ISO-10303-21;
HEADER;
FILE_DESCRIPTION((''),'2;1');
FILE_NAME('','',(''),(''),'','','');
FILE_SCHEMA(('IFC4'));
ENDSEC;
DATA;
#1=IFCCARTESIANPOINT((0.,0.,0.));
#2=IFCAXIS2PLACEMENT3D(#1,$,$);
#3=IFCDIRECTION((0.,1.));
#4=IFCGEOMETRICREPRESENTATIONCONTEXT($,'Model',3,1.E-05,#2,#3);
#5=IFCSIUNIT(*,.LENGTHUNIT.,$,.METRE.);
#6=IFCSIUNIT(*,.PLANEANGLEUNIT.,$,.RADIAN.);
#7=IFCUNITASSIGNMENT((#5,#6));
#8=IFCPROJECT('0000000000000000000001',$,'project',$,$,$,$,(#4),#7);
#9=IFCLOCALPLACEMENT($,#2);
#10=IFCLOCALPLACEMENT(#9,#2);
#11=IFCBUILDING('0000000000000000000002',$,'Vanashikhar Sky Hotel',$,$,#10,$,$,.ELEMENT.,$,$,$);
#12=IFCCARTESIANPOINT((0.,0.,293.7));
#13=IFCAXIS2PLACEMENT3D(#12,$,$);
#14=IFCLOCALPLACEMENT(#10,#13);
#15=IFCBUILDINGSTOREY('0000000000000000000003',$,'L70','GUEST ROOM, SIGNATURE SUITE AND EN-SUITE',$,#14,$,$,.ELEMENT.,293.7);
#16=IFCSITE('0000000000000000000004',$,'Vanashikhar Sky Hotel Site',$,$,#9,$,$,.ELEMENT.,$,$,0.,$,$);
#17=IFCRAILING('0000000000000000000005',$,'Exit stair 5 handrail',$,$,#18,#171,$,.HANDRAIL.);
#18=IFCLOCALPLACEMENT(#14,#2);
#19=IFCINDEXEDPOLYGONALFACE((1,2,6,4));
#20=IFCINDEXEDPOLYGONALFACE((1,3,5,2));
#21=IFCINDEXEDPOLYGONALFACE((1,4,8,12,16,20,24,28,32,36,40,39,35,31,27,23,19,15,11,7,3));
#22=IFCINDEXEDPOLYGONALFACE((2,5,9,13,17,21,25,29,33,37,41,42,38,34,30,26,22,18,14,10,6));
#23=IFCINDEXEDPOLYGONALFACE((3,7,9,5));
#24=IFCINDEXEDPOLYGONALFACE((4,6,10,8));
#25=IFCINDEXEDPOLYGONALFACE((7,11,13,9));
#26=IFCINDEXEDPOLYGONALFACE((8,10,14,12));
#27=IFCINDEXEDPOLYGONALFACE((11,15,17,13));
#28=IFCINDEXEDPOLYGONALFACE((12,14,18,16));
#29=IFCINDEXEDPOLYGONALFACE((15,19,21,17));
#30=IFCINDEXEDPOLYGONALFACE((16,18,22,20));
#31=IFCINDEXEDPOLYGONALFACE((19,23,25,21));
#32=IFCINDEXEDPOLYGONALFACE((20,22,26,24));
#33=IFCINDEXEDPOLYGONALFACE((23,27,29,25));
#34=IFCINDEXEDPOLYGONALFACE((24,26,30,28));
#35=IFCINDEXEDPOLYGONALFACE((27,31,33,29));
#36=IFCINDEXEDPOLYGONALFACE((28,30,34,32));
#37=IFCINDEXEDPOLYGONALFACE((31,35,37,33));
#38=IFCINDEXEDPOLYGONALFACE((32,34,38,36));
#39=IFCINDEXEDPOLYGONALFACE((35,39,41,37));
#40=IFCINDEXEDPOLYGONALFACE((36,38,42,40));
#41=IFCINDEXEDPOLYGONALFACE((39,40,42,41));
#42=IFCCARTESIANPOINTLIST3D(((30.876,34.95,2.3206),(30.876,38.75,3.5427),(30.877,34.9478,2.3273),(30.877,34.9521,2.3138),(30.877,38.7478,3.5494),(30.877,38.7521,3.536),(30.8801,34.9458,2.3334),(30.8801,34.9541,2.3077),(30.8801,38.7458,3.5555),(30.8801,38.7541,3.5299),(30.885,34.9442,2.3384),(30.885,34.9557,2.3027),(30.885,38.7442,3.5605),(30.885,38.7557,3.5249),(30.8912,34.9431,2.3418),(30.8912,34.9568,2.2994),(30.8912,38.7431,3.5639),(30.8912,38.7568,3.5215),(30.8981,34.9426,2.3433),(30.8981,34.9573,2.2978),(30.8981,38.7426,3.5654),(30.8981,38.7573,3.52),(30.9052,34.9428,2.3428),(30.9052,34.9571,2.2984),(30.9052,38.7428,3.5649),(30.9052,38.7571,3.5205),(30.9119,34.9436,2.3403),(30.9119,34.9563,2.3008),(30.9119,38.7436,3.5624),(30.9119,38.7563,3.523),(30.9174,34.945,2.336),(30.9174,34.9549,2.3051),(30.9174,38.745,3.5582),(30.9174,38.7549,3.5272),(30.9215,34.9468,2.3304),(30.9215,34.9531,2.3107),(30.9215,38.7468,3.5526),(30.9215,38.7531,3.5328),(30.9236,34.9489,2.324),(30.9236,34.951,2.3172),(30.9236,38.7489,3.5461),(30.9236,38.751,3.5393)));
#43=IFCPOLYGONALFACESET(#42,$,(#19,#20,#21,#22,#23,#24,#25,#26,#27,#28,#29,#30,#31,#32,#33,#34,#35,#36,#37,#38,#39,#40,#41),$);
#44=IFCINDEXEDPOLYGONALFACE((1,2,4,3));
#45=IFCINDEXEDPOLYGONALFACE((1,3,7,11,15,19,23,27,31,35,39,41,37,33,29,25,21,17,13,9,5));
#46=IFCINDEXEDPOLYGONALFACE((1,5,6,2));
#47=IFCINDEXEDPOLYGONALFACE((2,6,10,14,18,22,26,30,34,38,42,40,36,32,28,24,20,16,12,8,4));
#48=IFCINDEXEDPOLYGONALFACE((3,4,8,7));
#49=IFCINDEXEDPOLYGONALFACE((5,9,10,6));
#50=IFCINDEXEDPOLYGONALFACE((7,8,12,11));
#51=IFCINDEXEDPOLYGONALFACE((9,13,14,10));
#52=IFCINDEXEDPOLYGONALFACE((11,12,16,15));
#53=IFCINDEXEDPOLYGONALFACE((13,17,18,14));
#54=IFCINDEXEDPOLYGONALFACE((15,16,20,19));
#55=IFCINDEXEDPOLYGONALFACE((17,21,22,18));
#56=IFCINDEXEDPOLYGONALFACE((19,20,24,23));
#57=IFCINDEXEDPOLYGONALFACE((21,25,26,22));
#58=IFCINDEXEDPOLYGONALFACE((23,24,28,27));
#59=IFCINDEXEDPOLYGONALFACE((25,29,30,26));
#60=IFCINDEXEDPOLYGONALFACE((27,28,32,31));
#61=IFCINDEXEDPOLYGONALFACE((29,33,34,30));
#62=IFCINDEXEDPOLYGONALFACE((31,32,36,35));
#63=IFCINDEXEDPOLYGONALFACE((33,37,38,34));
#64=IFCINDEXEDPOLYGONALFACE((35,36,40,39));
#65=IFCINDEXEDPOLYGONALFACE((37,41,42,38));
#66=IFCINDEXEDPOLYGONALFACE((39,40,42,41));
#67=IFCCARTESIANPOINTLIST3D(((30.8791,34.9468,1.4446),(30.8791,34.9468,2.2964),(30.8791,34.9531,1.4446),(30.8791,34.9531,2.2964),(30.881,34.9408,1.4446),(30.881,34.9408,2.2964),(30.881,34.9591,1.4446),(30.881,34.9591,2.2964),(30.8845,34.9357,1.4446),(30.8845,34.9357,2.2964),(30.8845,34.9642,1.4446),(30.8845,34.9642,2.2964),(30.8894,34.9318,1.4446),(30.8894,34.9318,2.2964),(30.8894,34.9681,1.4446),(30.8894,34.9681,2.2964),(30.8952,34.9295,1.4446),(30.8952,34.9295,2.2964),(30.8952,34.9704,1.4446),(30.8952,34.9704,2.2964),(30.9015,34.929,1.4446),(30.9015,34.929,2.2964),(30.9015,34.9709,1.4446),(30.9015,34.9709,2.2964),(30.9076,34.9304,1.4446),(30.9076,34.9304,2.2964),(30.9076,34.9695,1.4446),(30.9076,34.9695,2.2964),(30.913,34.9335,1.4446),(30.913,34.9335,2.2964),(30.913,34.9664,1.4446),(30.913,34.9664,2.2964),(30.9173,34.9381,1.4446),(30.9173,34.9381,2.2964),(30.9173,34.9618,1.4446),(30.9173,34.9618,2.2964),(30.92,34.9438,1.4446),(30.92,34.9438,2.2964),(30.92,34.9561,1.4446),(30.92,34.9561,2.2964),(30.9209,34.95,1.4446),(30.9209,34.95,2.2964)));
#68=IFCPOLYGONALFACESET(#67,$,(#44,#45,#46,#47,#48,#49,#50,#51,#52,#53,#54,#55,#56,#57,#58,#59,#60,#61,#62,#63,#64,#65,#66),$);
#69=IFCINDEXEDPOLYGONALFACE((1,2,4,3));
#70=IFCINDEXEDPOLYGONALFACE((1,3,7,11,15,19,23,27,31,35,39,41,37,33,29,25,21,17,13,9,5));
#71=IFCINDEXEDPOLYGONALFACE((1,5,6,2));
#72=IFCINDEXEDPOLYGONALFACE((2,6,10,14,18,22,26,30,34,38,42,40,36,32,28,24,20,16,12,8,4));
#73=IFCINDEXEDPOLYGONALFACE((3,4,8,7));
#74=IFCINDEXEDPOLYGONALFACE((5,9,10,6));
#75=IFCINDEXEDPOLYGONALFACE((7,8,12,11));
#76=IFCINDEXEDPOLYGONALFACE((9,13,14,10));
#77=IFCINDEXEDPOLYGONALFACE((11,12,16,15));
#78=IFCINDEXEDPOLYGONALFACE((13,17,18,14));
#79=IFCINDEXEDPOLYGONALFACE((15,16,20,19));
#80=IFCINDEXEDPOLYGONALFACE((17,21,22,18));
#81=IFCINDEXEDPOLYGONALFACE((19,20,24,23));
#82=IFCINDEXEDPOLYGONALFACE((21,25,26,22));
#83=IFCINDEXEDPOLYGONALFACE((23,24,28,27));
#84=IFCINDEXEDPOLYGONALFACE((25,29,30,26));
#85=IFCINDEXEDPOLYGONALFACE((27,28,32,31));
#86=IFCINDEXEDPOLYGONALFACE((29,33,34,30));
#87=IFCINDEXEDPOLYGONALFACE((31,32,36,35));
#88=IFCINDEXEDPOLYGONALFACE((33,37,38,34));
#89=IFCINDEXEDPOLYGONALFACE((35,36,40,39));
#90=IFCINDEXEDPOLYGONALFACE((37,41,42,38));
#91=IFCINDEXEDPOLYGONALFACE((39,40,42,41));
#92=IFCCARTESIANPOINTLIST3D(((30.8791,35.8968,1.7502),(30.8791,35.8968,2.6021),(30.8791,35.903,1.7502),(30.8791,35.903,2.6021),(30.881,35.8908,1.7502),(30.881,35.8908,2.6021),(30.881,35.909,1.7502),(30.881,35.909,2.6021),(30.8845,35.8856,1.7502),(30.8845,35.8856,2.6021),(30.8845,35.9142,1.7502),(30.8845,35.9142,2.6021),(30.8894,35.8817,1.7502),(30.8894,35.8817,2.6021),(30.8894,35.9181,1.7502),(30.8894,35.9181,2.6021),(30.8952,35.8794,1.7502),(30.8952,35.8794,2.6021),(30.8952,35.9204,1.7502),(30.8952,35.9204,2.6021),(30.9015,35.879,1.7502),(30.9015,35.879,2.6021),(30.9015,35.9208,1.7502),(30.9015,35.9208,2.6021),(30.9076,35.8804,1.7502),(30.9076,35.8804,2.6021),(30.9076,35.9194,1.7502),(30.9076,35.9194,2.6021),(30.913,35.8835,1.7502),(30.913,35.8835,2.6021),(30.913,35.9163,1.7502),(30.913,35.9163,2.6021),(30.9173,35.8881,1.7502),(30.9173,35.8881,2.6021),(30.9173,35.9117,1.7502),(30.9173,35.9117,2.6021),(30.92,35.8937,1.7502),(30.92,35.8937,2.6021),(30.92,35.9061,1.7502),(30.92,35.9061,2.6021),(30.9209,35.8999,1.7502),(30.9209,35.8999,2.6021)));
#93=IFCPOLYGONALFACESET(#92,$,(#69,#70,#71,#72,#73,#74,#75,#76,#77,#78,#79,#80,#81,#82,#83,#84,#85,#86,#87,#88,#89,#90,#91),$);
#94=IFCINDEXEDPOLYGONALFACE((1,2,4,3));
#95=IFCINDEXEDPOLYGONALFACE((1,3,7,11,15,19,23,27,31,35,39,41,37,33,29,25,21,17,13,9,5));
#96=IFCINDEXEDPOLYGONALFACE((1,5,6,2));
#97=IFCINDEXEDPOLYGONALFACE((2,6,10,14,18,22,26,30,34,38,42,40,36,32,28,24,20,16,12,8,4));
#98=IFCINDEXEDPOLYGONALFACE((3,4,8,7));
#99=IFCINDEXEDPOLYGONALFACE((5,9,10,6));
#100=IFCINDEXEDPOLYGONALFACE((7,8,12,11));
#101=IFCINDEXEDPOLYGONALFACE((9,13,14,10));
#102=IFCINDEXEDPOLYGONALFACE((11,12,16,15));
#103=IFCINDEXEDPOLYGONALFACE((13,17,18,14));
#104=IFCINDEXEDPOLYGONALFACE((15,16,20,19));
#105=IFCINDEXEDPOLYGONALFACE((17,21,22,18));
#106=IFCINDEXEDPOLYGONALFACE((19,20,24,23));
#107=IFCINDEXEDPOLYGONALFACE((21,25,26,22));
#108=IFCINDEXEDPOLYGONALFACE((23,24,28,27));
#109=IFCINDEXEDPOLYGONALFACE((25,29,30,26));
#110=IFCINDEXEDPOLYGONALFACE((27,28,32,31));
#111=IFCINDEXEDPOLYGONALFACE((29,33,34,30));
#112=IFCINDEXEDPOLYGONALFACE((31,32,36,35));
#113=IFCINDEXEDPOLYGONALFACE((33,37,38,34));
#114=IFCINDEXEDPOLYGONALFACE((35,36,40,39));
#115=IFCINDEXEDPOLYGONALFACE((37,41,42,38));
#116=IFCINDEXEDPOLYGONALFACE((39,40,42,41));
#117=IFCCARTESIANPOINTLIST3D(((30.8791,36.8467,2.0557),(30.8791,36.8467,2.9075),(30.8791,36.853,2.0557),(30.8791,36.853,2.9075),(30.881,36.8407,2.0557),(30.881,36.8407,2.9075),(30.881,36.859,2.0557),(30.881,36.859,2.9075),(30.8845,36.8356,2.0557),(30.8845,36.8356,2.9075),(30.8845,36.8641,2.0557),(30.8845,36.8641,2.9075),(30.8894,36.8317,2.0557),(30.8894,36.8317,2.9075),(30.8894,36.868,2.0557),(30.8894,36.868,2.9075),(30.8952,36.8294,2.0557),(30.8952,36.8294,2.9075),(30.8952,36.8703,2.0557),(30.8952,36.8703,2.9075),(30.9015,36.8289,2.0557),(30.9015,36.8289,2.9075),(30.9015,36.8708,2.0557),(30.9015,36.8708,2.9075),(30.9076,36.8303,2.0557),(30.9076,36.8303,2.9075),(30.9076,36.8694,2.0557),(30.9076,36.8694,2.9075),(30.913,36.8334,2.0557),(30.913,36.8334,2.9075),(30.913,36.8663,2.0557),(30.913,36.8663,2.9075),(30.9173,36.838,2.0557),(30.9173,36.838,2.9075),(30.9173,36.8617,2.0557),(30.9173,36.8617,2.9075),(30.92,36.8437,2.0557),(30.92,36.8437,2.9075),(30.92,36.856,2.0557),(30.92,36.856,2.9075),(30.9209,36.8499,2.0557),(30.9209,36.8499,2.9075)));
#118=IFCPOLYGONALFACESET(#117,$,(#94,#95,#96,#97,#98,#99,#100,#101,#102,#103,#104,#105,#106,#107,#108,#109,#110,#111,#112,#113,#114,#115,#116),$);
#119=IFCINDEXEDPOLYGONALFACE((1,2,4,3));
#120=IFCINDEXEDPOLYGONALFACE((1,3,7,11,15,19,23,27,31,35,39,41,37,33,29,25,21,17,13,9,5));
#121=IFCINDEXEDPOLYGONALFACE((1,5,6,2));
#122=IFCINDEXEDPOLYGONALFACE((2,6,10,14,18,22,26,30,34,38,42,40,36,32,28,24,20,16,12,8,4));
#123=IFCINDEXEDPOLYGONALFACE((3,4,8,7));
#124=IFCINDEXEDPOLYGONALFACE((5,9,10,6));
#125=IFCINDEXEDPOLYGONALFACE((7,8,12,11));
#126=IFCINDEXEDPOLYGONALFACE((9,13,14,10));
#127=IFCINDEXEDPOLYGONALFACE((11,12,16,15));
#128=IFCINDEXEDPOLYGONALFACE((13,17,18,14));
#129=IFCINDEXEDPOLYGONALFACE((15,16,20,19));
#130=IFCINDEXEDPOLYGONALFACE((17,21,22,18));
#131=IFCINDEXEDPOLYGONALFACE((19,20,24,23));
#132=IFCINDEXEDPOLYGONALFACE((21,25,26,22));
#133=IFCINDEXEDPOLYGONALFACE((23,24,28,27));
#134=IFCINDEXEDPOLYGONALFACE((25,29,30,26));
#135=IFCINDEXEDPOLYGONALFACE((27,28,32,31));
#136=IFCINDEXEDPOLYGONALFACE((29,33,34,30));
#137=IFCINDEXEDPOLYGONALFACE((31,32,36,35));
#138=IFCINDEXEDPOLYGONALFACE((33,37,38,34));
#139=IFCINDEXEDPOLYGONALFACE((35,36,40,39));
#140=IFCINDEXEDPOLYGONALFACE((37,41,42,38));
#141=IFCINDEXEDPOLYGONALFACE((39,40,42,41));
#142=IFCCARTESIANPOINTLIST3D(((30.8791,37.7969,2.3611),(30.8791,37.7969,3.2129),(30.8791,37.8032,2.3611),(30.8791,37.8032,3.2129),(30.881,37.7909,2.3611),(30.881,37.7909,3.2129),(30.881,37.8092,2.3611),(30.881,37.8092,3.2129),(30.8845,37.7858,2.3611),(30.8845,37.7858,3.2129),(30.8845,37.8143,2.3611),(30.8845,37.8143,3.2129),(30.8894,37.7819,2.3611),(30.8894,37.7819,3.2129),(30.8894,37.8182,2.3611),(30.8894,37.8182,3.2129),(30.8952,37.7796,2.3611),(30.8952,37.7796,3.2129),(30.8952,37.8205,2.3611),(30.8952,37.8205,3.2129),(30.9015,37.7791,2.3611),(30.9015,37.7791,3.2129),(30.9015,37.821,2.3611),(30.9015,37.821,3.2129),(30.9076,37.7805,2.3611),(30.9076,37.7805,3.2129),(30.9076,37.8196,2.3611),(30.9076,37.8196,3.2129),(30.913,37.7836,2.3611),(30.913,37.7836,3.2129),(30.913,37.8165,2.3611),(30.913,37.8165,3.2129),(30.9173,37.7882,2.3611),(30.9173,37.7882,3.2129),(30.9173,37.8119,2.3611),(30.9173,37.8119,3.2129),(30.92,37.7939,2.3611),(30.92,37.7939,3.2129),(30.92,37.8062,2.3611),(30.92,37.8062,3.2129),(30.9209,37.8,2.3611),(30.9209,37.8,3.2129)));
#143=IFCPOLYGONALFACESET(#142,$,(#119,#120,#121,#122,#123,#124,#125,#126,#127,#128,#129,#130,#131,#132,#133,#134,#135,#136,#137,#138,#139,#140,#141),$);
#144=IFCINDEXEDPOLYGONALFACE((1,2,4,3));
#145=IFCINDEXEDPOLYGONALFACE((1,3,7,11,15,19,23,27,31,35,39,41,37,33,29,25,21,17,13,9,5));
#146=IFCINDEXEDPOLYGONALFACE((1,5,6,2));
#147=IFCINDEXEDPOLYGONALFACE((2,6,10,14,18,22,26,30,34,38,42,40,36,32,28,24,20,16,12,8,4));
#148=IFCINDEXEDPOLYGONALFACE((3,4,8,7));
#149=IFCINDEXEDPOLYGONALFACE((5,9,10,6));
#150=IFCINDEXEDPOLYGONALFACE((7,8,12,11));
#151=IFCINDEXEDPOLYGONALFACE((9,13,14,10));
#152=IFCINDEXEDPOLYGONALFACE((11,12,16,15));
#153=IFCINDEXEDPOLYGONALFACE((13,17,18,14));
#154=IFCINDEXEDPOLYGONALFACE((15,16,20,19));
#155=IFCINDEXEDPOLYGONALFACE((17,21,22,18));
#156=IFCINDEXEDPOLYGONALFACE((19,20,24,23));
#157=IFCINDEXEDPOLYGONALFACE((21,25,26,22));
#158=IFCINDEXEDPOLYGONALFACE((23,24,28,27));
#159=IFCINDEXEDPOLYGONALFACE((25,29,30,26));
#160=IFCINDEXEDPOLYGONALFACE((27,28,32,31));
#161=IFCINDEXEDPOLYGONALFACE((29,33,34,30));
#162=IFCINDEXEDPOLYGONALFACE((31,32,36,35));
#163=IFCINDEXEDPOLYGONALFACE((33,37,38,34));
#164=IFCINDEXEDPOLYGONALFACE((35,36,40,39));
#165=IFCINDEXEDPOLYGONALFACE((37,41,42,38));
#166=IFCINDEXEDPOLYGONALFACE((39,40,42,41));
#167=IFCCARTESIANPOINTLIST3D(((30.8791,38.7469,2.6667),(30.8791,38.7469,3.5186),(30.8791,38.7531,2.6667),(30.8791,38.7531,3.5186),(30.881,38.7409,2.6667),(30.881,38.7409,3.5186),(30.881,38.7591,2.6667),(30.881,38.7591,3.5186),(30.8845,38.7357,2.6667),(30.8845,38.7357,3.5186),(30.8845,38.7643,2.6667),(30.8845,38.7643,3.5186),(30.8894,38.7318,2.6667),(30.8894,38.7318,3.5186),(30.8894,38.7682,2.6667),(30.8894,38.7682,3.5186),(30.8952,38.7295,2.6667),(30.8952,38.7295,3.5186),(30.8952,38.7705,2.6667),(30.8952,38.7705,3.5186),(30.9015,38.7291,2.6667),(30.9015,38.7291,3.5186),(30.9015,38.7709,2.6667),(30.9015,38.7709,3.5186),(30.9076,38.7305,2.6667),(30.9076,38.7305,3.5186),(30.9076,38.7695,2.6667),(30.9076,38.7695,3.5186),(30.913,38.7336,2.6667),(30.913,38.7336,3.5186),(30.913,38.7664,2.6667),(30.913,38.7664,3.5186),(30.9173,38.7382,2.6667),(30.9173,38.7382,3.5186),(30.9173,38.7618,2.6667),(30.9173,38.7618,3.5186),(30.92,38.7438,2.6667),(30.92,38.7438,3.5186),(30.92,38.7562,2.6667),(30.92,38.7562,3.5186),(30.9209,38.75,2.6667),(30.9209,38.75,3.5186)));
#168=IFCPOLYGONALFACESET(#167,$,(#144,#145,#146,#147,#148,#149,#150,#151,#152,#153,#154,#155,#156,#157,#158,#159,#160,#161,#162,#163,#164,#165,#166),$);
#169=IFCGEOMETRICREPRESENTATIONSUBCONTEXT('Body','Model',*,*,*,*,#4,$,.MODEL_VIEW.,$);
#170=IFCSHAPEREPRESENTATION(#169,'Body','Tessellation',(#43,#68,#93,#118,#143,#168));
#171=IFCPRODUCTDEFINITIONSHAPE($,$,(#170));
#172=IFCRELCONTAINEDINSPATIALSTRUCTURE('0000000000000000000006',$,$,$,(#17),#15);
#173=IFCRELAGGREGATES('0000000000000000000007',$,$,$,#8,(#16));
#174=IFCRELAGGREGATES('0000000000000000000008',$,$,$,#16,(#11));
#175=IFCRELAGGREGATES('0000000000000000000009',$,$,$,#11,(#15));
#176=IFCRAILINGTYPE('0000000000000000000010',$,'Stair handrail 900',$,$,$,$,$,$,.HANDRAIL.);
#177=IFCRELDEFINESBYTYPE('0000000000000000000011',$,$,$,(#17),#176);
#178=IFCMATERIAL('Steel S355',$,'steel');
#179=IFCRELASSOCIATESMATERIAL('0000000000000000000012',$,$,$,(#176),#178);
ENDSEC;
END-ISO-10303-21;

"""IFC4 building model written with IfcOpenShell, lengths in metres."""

from ifc_helpers import new_model, si_unit, direction, frame, origin, origin_2d, place, context, subcontext, project, spatial, circle, extrude, source, transform, mapped, material, type_object, element, save


model = new_model("IFC4")

# Units and contexts
model_context = context("Model", 3, precision=1e-05, world=origin(), true_north=direction((0.0, 1.0)))
body_context = subcontext(model_context, "Body", "Model", "MODEL_VIEW")
ifc_project = project(units=[si_unit("LENGTHUNIT", "METRE"), si_unit("PLANEANGLEUNIT", "RADIAN")], contexts=[model_context])

# Site, building, storey
site_placement = place(None, origin())
site = spatial("IfcSite", under=ifc_project, at=site_placement, Name="Vanashikhar Sky Hotel Site", CompositionType="ELEMENT", RefElevation=0.0)
building_placement = place(site_placement, origin())
building = spatial("IfcBuilding", under=site, at=building_placement, Name="Vanashikhar Sky Hotel", CompositionType="ELEMENT")
storey_placement = place(building_placement, frame((0.0, 0.0, 293.7)))
storey = spatial("IfcBuildingStorey", under=building, at=storey_placement, Name="L70", Description="GUEST ROOM, SIGNATURE SUITE AND EN-SUITE", CompositionType="ELEMENT", Elevation=293.7)

# Railing
ifc_material_1 = material(Name="Steel S355", Category="steel")
railing_type_1 = type_object("IfcRailingType", Name="Stair handrail 900", PredefinedType="HANDRAIL", material=ifc_material_1)
shared_shape_1 = source(origin(), body_context, "Body", "SweptSolid", [
    extrude(circle(Radius=0.0239, at=origin_2d()), frame((0.0, 0.0, 0.876), z_axis=(0.0, 0.951976, 0.306173), x_axis=(-1.0, 0.0, 0.0)), (0.0, 0.0, 1.0), 3.9917),
    extrude(circle(Radius=0.021, at=origin_2d()), origin(), (0.0, 0.0, 1.0), 0.8518),
    extrude(circle(Radius=0.021, at=origin_2d()), frame((0.0, 0.95, 0.3057)), (0.0, 0.0, 1.0), 0.8518),
    extrude(circle(Radius=0.021, at=origin_2d()), frame((0.0, 1.8999, 0.6111)), (0.0, 0.0, 1.0), 0.8518),
    extrude(circle(Radius=0.021, at=origin_2d()), frame((0.0, 2.8501, 0.9165)), (0.0, 0.0, 1.0), 0.8518),
    extrude(circle(Radius=0.021, at=origin_2d()), frame((0.0, 3.8, 1.2222)), (0.0, 0.0, 1.0), 0.8518),
])
railing_1_placement = place(storey_placement, frame((30.8999, 34.95, 1.4446)))
element("IfcRailing", 1, at=railing_1_placement, inside=storey, type_object=railing_type_1, Name="Exit stair 5 handrail", PredefinedType="HANDRAIL", context=body_context, shape_type="MappedRepresentation", body=[
    mapped(shared_shape_1, transform((0.0, 0.0, 0.0), scale=1.0)),
])

save(model, "model.ifc")
